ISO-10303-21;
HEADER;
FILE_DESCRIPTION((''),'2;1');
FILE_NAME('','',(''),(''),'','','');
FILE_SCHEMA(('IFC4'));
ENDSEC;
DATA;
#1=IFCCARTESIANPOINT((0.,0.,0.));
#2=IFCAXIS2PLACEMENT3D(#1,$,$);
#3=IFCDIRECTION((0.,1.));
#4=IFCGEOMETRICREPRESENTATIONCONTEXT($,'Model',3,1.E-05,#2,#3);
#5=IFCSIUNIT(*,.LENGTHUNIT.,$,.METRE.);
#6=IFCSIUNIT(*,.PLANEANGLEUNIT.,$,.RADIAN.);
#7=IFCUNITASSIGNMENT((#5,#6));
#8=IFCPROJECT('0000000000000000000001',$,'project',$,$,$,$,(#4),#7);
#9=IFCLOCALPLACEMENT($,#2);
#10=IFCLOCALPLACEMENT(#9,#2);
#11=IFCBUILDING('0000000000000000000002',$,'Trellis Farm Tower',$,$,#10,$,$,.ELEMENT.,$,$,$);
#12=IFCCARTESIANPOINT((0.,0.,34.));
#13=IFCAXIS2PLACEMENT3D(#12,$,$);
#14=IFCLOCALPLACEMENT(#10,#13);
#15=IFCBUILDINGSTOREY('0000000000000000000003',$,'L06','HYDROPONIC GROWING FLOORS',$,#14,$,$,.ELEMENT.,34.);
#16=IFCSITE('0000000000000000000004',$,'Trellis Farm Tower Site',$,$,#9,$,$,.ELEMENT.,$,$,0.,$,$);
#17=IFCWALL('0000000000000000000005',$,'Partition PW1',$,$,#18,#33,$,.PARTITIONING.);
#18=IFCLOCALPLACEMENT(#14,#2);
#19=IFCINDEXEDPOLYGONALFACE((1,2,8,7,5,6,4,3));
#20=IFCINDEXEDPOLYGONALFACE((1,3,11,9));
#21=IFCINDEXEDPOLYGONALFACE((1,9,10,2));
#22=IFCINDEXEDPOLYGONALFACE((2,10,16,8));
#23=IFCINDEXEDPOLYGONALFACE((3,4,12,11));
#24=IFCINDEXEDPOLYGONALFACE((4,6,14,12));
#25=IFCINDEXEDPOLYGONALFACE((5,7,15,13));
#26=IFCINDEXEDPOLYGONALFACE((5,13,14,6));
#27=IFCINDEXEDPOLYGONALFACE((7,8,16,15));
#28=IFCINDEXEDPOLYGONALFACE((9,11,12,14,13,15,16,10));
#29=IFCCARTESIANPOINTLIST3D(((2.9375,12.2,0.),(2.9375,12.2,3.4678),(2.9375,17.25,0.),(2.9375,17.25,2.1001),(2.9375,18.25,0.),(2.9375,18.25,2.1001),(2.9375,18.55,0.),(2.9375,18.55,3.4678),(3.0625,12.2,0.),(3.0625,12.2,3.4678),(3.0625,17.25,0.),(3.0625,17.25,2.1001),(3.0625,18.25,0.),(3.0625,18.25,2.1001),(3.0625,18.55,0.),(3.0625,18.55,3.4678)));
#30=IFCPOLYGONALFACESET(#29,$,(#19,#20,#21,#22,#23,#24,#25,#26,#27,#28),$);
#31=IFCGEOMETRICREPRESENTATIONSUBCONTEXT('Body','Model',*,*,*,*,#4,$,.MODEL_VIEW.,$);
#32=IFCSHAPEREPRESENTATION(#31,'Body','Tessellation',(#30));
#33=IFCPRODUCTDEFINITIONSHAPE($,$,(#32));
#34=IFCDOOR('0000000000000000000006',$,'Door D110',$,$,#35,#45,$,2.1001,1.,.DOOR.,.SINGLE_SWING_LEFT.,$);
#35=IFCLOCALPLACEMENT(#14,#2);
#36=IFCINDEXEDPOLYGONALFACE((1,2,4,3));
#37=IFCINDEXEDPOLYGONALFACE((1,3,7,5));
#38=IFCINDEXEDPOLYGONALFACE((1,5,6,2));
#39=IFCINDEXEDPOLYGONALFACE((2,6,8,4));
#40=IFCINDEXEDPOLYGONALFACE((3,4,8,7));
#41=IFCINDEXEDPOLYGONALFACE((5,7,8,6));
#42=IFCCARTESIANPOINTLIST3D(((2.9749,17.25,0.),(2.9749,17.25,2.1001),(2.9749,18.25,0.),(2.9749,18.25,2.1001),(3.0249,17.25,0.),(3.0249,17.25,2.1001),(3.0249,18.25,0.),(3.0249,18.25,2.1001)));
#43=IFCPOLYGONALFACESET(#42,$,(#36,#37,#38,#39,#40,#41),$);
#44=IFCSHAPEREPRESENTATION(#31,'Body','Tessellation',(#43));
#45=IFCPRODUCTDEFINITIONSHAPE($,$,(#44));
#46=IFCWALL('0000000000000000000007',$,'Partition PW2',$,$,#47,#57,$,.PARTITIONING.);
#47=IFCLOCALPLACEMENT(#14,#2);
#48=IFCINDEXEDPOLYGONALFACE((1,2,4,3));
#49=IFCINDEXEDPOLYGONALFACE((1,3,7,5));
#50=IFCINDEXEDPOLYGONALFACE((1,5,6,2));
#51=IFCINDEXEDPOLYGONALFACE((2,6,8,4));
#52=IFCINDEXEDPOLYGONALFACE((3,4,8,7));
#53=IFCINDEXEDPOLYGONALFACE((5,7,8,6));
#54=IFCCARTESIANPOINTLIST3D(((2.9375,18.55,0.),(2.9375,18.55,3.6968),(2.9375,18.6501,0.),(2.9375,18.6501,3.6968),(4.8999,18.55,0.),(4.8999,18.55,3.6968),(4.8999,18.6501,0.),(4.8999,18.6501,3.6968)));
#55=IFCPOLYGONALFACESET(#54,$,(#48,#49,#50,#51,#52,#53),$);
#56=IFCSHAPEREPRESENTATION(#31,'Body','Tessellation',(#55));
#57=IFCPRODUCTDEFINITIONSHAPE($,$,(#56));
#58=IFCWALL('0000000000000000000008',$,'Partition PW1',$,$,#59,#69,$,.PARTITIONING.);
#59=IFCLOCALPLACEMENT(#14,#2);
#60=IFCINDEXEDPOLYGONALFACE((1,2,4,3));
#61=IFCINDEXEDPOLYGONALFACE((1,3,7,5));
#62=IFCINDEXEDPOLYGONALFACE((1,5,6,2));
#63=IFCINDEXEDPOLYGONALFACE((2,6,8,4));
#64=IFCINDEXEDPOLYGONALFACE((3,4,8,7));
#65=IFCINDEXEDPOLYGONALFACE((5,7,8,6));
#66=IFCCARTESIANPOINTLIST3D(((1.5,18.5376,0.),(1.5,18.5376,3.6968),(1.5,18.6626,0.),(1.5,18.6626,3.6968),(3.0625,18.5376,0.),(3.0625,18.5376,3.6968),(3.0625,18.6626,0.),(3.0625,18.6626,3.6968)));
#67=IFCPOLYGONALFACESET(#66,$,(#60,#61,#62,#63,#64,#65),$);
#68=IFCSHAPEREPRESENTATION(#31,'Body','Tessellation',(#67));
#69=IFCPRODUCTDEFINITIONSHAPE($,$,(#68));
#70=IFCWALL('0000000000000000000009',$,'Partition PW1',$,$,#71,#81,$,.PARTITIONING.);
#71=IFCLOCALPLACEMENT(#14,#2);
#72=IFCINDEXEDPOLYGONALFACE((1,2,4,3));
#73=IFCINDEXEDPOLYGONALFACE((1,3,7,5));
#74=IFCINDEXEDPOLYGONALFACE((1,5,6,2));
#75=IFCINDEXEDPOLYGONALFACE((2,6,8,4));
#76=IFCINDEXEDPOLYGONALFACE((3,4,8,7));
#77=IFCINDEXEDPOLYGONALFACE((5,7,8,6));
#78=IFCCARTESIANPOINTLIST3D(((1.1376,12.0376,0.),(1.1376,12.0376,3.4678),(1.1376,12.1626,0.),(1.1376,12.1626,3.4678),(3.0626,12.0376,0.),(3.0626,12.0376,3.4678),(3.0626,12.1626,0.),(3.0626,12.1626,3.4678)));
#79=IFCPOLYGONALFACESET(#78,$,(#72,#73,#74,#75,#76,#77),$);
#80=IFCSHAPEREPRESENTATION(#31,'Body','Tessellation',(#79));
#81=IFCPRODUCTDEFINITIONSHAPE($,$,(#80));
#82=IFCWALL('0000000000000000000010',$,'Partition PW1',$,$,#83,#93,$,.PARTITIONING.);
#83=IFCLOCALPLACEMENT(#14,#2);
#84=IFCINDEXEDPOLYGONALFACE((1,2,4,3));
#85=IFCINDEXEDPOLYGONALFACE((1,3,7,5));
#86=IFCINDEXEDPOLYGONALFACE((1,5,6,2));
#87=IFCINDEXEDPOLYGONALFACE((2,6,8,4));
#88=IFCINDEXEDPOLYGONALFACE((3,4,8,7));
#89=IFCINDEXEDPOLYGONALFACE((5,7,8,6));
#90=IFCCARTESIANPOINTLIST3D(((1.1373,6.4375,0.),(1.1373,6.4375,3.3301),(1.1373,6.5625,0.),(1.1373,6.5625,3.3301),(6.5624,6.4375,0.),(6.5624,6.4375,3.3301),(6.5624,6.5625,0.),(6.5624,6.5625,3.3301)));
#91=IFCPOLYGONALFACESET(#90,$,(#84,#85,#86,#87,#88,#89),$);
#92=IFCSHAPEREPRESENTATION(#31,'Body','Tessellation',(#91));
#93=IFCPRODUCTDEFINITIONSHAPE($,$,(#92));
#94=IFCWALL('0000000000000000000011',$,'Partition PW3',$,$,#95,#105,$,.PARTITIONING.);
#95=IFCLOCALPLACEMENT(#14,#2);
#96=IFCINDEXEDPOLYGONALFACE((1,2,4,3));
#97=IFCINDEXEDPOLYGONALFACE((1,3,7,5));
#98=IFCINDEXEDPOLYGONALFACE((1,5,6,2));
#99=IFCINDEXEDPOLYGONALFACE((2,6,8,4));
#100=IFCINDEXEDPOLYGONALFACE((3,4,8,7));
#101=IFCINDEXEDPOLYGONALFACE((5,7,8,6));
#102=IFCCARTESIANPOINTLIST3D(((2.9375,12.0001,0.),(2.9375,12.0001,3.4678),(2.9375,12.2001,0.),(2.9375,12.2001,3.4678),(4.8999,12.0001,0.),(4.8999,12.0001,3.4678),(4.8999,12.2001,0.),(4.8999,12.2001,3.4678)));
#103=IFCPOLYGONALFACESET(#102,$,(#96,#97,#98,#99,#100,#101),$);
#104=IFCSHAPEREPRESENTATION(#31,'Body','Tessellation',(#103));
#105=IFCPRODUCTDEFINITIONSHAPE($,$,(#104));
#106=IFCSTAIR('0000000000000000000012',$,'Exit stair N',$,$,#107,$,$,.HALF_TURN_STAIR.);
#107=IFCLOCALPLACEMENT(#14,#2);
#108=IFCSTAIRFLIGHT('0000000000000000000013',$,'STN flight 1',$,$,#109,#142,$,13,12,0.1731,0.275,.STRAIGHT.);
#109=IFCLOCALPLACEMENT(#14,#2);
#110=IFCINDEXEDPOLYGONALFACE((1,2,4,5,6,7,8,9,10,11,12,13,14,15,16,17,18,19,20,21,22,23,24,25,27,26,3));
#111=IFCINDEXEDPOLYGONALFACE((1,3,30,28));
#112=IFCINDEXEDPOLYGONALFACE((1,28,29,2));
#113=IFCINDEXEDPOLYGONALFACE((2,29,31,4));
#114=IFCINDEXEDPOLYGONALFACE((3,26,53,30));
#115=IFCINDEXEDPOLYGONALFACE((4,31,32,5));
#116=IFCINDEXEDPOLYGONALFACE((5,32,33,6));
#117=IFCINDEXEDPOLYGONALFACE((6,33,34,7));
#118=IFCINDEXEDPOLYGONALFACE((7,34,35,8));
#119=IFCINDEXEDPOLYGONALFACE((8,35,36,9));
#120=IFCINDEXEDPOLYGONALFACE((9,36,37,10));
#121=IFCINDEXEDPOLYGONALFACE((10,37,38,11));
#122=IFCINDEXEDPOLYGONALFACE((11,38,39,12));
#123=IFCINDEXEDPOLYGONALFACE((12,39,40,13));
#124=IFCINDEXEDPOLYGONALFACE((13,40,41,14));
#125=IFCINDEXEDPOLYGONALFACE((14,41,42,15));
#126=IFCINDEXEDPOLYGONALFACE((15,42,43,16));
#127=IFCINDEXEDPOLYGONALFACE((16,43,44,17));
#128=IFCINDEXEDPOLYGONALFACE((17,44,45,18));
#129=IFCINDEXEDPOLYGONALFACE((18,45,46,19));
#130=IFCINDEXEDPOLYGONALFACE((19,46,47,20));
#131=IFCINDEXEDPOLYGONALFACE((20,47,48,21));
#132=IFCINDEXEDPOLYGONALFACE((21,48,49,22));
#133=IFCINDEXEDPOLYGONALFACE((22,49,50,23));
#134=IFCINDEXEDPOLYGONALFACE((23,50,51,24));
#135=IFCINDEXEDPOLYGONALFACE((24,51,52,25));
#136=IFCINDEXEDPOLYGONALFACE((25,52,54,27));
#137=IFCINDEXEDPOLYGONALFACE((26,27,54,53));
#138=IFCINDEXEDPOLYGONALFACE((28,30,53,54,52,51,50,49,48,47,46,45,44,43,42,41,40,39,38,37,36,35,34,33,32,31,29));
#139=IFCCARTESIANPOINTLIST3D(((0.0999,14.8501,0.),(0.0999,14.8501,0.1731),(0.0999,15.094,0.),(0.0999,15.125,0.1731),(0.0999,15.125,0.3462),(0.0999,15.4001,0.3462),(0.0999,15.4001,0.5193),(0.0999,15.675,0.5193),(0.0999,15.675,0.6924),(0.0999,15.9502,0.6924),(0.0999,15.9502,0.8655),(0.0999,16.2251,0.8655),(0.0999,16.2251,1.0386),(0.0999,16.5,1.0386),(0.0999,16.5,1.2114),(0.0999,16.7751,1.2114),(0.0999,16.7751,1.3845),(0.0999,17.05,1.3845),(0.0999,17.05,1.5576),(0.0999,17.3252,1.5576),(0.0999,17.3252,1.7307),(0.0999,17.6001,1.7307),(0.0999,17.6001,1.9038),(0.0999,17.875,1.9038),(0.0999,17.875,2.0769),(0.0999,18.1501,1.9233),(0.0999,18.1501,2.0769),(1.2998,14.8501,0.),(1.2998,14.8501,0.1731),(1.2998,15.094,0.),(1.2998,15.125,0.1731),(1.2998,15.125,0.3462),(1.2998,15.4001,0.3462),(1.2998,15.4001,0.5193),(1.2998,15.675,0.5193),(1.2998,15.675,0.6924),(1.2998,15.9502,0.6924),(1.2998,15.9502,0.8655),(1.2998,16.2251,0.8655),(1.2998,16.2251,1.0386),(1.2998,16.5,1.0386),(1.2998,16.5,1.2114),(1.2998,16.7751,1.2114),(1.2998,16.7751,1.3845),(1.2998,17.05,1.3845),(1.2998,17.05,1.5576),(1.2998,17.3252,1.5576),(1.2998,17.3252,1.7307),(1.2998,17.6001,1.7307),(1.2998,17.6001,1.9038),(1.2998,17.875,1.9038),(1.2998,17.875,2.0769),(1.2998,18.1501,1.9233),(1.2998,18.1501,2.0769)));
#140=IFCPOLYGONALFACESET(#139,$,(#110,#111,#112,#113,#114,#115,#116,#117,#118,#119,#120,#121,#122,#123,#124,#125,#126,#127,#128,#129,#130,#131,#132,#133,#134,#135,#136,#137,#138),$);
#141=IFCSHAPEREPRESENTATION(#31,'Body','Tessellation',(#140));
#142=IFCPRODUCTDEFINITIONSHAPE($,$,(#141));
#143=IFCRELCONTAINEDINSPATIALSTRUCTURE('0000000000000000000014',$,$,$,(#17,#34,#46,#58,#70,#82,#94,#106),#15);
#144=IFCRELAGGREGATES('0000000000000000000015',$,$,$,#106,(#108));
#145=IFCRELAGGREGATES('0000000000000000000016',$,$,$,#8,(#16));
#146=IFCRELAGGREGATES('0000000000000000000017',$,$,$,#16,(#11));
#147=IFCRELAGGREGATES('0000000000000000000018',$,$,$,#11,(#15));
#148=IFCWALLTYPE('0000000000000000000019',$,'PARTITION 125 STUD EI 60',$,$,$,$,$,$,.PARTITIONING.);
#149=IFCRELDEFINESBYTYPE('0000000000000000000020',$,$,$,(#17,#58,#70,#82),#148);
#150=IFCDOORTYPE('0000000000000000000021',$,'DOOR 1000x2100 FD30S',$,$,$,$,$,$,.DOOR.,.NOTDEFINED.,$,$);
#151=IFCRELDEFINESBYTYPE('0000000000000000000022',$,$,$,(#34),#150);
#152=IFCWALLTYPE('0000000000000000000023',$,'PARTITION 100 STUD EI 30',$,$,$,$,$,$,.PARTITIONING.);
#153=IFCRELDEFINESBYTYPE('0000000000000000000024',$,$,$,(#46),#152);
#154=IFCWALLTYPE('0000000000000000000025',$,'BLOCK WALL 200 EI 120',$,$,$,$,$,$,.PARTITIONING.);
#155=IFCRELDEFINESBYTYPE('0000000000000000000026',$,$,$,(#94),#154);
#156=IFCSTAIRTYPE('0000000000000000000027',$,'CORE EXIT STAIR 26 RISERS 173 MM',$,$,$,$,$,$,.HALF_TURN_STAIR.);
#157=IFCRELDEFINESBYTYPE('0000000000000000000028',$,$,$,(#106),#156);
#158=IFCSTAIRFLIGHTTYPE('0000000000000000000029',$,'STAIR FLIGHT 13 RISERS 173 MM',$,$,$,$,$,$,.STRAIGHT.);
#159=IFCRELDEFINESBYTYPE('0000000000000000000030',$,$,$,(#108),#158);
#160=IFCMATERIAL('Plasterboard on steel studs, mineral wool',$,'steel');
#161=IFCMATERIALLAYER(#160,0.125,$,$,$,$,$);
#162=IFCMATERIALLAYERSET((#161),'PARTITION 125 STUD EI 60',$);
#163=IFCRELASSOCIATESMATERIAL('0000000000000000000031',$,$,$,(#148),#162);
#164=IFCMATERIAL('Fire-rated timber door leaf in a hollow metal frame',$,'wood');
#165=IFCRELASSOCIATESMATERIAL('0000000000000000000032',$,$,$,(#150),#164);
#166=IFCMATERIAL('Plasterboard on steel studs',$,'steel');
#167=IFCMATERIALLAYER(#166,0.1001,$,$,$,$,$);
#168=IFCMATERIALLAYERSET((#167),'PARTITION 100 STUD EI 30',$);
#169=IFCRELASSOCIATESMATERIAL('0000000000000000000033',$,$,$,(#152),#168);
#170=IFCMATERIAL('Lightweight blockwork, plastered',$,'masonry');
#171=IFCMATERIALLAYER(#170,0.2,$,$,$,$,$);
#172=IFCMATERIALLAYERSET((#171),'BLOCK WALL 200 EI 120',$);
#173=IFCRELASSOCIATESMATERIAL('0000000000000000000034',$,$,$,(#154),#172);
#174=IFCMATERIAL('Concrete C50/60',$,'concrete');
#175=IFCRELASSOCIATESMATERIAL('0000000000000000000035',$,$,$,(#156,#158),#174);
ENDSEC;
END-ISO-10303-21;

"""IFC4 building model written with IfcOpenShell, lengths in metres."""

from ifc_helpers import new_model, si_unit, direction, frame, frame_2d, origin, place, context, subcontext, project, spatial, polyline, rectangle, outline, extrude, source, transform, mapped, material, layer, layer_set, type_object, element, fill, aggregate, save


model = new_model("IFC4")

# Units and contexts
model_context = context("Model", 3, precision=1e-05, world=origin(), true_north=direction((0.0, 1.0)))
body_context = subcontext(model_context, "Body", "Model", "MODEL_VIEW")
ifc_project = project(units=[si_unit("LENGTHUNIT", "METRE"), si_unit("PLANEANGLEUNIT", "RADIAN")], contexts=[model_context])

# Site, building, storey
site_placement = place(None, origin())
site = spatial("IfcSite", under=ifc_project, at=site_placement, Name="Trellis Farm Tower Site", CompositionType="ELEMENT", RefElevation=0.0)
building_placement = place(site_placement, origin())
building = spatial("IfcBuilding", under=site, at=building_placement, Name="Trellis Farm Tower", CompositionType="ELEMENT")
storey_placement = place(building_placement, frame((0.0, 0.0, 34.0)))
storey = spatial("IfcBuildingStorey", under=building, at=storey_placement, Name="L06", Description="HYDROPONIC GROWING FLOORS", CompositionType="ELEMENT", Elevation=34.0)

# Shared definitions
placement = place(storey_placement, origin())

# Wall, opening, door
ifc_material_1 = material(Name="Plasterboard on steel studs, mineral wool", Category="steel")
ifc_layer_1 = layer(ifc_material_1, 0.125)
ifc_layer_set_1 = layer_set([ifc_layer_1], Name="PARTITION 125 STUD EI 60")
wall_type_1 = type_object("IfcWallType", Name="PARTITION 125 STUD EI 60", PredefinedType="PARTITIONING", material=ifc_layer_set_1)
shared_shape_1 = source(origin(), body_context, "Body", "SweptSolid", [
    extrude(rectangle(XDim=1.0, YDim=2.1001, at=frame_2d((0.5, 1.05))), frame((0.0, 0.0725, 0.0), z_axis=(0.0, -1.0, 0.0), x_axis=(1.0, 0.0, 0.0)), (0.0, 0.0, 1.0), 0.145),
])
ifc_material_2 = material(Name="Fire-rated timber door leaf in a hollow metal frame", Category="wood")
shared_shape_2 = source(origin(), body_context, "Body", "SweptSolid", [
    extrude(rectangle(XDim=1.0, YDim=2.1001, at=frame_2d((0.5, 1.05))), frame((0.0, 0.0249, 0.0), z_axis=(0.0, -1.0, 0.0), x_axis=(1.0, 0.0, 0.0)), (0.0, 0.0, 1.0), 0.05),
])
shared_shape_3 = source(origin(), body_context, "Body", "SweptSolid", [
    extrude(rectangle(XDim=6.3501, YDim=0.125, at=frame_2d((3.175, 0.0))), origin(), (0.0, 0.0, 1.0), 3.4678),
])
wall_1_placement = place(storey_placement, frame((3.0, 18.55, 0.0), z_axis=(0.0, 0.0, 1.0), x_axis=(0.0, -1.0, 0.0)))
wall_1 = element("IfcWall", 1, at=wall_1_placement, inside=storey, type_object=wall_type_1, Name="Partition PW1", PredefinedType="PARTITIONING", context=body_context, shape_type="MappedRepresentation", body=[
    mapped(shared_shape_3, transform((0.0, 0.0, 0.0))),
])
opening_1_placement = place(wall_1_placement, frame((0.3, 0.0, 0.0)))
opening_1 = element("IfcOpeningElement", 2, at=opening_1_placement, cuts=wall_1, PredefinedType="OPENING", context=body_context, shape_type="MappedRepresentation", body=[
    mapped(shared_shape_1, transform((0.0, 0.0, 0.0))),
])
door_type_1 = type_object("IfcDoorType", Name="DOOR 1000x2100 FD30S", OperationType="NOTDEFINED", PredefinedType="DOOR", material=ifc_material_2)
door_1_placement = place(opening_1_placement, origin())
door_1 = element("IfcDoor", 3, at=door_1_placement, inside=storey, type_object=door_type_1, Name="Door D110", OperationType="SINGLE_SWING_LEFT", OverallHeight=2.1001, OverallWidth=1.0, PredefinedType="DOOR", context=body_context, shape_type="MappedRepresentation", body=[
    mapped(shared_shape_2, transform((0.0, 0.0, 0.0))),
])
fill(opening_1, door_1)

# Walls
ifc_material_3 = material(Name="Plasterboard on steel studs", Category="steel")
ifc_layer_2 = layer(ifc_material_3, 0.1001)
ifc_layer_set_2 = layer_set([ifc_layer_2], Name="PARTITION 100 STUD EI 30")
wall_type_2 = type_object("IfcWallType", Name="PARTITION 100 STUD EI 30", PredefinedType="PARTITIONING", material=ifc_layer_set_2)
shared_shape_4 = source(origin(), body_context, "Body", "SweptSolid", [
    extrude(rectangle(XDim=1.9624, YDim=0.1001, at=frame_2d((0.9812, 0.0))), origin(), (0.0, 0.0, 1.0), 3.6968),
])
wall_2_placement = place(storey_placement, frame((2.9375, 18.6001, 0.0), z_axis=(0.0, 0.0, 1.0), x_axis=(1.0, 0.0, 0.0)))
element("IfcWall", 4, at=wall_2_placement, inside=storey, type_object=wall_type_2, Name="Partition PW2", PredefinedType="PARTITIONING", context=body_context, shape_type="MappedRepresentation", body=[
    mapped(shared_shape_4, transform((0.0, 0.0, 0.0))),
])
shared_shape_5 = source(origin(), body_context, "Body", "SweptSolid", [
    extrude(rectangle(XDim=1.5625, YDim=0.125, at=frame_2d((0.7812, 0.0))), origin(), (0.0, 0.0, 1.0), 3.6968),
])
wall_3_placement = place(storey_placement, frame((1.5, 18.6001, 0.0), z_axis=(0.0, 0.0, 1.0), x_axis=(1.0, 0.0, 0.0)))
element("IfcWall", 5, at=wall_3_placement, inside=storey, type_object=wall_type_1, Name="Partition PW1", PredefinedType="PARTITIONING", context=body_context, shape_type="MappedRepresentation", body=[
    mapped(shared_shape_5, transform((0.0, 0.0, 0.0))),
])
shared_shape_6 = source(origin(), body_context, "Body", "SweptSolid", [
    extrude(rectangle(XDim=1.925, YDim=0.125, at=frame_2d((0.9624, 0.0))), origin(), (0.0, 0.0, 1.0), 3.4678),
])
wall_4_placement = place(storey_placement, frame((3.0625, 12.1001, 0.0), z_axis=(0.0, 0.0, 1.0), x_axis=(-1.0, 0.0, 0.0)))
element("IfcWall", 6, at=wall_4_placement, inside=storey, type_object=wall_type_1, Name="Partition PW1", PredefinedType="PARTITIONING", context=body_context, shape_type="MappedRepresentation", body=[
    mapped(shared_shape_6, transform((0.0, 0.0, 0.0))),
])
shared_shape_7 = source(origin(), body_context, "Body", "SweptSolid", [
    extrude(rectangle(XDim=5.425, YDim=0.125, at=frame_2d((2.7124, 0.0))), origin(), (0.0, 0.0, 1.0), 3.3301),
])
wall_5_placement = place(storey_placement, frame((1.1375, 6.5, 0.0), z_axis=(0.0, 0.0, 1.0), x_axis=(1.0, 0.0, 0.0)))
element("IfcWall", 7, at=wall_5_placement, inside=storey, type_object=wall_type_1, Name="Partition PW1", PredefinedType="PARTITIONING", context=body_context, shape_type="MappedRepresentation", body=[
    mapped(shared_shape_7, transform((0.0, 0.0, 0.0))),
])
ifc_material_4 = material(Name="Lightweight blockwork, plastered", Category="masonry")
ifc_layer_3 = layer(ifc_material_4, 0.2)
ifc_layer_set_3 = layer_set([ifc_layer_3], Name="BLOCK WALL 200 EI 120")
wall_type_3 = type_object("IfcWallType", Name="BLOCK WALL 200 EI 120", PredefinedType="PARTITIONING", material=ifc_layer_set_3)
shared_shape_8 = source(origin(), body_context, "Body", "SweptSolid", [
    extrude(rectangle(XDim=1.9624, YDim=0.2, at=frame_2d((0.9812, 0.0))), origin(), (0.0, 0.0, 1.0), 3.4678),
])
wall_6_placement = place(storey_placement, frame((2.9375, 12.1001, 0.0), z_axis=(0.0, 0.0, 1.0), x_axis=(1.0, 0.0, 0.0)))
element("IfcWall", 8, at=wall_6_placement, inside=storey, type_object=wall_type_3, Name="Partition PW3", PredefinedType="PARTITIONING", context=body_context, shape_type="MappedRepresentation", body=[
    mapped(shared_shape_8, transform((0.0, 0.0, 0.0))),
])

# Stair, stair flight
ifc_material_5 = material(Name="Concrete C50/60", Category="concrete")
stair_type = type_object("IfcStairType", Name="CORE EXIT STAIR 26 RISERS 173 MM", PredefinedType="HALF_TURN_STAIR", material=ifc_material_5)
stair = element("IfcStair", 9, at=placement, inside=storey, type_object=stair_type, Name="Exit stair N", PredefinedType="HALF_TURN_STAIR")
stair_flight_type = type_object("IfcStairFlightType", Name="STAIR FLIGHT 13 RISERS 173 MM", PredefinedType="STRAIGHT", material=ifc_material_5)
shared_shape_9 = source(origin(), body_context, "Body", "SweptSolid", [
    extrude(outline(polyline([(0.0, 0.0), (0.0, 0.1731), (0.2749, 0.1731), (0.2749, 0.3462), (0.55, 0.3462), (0.55, 0.5193), (0.825, 0.5193), (0.825, 0.6924), (1.1001, 0.6924), (1.1001, 0.8655), (1.375, 0.8655), (1.375, 1.0386), (1.6499, 1.0386), (1.6499, 1.2114), (1.925, 1.2114), (1.925, 1.3845), (2.2, 1.3845), (2.2, 1.5576), (2.4751, 1.5576), (2.4751, 1.7307), (2.75, 1.7307), (2.75, 1.9038), (3.0249, 1.9038), (3.0249, 2.0769), (3.3, 2.0769), (3.3, 2.25), (3.3, 1.9233), (0.2439, 0.0), (0.0, 0.0)])), frame((0.0, 0.6001, 0.0), z_axis=(0.0, -1.0, 0.0), x_axis=(1.0, 0.0, 0.0)), (0.0, 0.0, 1.0), 1.2),
])
stair_flight_placement = place(storey_placement, frame((0.7, 14.8501, 0.0), z_axis=(0.0, 0.0, 1.0), x_axis=(0.0, 1.0, 0.0)))
stair_flight = element("IfcStairFlight", 10, at=stair_flight_placement, type_object=stair_flight_type, Name="STN flight 1", NumberOfRisers=13, NumberOfTreads=12, PredefinedType="STRAIGHT", RiserHeight=0.1731, TreadLength=0.275, context=body_context, shape_type="MappedRepresentation", body=[
    mapped(shared_shape_9, transform((0.0, 0.0, 0.0))),
])
aggregate(stair, [stair_flight])

save(model, "model.ifc")
